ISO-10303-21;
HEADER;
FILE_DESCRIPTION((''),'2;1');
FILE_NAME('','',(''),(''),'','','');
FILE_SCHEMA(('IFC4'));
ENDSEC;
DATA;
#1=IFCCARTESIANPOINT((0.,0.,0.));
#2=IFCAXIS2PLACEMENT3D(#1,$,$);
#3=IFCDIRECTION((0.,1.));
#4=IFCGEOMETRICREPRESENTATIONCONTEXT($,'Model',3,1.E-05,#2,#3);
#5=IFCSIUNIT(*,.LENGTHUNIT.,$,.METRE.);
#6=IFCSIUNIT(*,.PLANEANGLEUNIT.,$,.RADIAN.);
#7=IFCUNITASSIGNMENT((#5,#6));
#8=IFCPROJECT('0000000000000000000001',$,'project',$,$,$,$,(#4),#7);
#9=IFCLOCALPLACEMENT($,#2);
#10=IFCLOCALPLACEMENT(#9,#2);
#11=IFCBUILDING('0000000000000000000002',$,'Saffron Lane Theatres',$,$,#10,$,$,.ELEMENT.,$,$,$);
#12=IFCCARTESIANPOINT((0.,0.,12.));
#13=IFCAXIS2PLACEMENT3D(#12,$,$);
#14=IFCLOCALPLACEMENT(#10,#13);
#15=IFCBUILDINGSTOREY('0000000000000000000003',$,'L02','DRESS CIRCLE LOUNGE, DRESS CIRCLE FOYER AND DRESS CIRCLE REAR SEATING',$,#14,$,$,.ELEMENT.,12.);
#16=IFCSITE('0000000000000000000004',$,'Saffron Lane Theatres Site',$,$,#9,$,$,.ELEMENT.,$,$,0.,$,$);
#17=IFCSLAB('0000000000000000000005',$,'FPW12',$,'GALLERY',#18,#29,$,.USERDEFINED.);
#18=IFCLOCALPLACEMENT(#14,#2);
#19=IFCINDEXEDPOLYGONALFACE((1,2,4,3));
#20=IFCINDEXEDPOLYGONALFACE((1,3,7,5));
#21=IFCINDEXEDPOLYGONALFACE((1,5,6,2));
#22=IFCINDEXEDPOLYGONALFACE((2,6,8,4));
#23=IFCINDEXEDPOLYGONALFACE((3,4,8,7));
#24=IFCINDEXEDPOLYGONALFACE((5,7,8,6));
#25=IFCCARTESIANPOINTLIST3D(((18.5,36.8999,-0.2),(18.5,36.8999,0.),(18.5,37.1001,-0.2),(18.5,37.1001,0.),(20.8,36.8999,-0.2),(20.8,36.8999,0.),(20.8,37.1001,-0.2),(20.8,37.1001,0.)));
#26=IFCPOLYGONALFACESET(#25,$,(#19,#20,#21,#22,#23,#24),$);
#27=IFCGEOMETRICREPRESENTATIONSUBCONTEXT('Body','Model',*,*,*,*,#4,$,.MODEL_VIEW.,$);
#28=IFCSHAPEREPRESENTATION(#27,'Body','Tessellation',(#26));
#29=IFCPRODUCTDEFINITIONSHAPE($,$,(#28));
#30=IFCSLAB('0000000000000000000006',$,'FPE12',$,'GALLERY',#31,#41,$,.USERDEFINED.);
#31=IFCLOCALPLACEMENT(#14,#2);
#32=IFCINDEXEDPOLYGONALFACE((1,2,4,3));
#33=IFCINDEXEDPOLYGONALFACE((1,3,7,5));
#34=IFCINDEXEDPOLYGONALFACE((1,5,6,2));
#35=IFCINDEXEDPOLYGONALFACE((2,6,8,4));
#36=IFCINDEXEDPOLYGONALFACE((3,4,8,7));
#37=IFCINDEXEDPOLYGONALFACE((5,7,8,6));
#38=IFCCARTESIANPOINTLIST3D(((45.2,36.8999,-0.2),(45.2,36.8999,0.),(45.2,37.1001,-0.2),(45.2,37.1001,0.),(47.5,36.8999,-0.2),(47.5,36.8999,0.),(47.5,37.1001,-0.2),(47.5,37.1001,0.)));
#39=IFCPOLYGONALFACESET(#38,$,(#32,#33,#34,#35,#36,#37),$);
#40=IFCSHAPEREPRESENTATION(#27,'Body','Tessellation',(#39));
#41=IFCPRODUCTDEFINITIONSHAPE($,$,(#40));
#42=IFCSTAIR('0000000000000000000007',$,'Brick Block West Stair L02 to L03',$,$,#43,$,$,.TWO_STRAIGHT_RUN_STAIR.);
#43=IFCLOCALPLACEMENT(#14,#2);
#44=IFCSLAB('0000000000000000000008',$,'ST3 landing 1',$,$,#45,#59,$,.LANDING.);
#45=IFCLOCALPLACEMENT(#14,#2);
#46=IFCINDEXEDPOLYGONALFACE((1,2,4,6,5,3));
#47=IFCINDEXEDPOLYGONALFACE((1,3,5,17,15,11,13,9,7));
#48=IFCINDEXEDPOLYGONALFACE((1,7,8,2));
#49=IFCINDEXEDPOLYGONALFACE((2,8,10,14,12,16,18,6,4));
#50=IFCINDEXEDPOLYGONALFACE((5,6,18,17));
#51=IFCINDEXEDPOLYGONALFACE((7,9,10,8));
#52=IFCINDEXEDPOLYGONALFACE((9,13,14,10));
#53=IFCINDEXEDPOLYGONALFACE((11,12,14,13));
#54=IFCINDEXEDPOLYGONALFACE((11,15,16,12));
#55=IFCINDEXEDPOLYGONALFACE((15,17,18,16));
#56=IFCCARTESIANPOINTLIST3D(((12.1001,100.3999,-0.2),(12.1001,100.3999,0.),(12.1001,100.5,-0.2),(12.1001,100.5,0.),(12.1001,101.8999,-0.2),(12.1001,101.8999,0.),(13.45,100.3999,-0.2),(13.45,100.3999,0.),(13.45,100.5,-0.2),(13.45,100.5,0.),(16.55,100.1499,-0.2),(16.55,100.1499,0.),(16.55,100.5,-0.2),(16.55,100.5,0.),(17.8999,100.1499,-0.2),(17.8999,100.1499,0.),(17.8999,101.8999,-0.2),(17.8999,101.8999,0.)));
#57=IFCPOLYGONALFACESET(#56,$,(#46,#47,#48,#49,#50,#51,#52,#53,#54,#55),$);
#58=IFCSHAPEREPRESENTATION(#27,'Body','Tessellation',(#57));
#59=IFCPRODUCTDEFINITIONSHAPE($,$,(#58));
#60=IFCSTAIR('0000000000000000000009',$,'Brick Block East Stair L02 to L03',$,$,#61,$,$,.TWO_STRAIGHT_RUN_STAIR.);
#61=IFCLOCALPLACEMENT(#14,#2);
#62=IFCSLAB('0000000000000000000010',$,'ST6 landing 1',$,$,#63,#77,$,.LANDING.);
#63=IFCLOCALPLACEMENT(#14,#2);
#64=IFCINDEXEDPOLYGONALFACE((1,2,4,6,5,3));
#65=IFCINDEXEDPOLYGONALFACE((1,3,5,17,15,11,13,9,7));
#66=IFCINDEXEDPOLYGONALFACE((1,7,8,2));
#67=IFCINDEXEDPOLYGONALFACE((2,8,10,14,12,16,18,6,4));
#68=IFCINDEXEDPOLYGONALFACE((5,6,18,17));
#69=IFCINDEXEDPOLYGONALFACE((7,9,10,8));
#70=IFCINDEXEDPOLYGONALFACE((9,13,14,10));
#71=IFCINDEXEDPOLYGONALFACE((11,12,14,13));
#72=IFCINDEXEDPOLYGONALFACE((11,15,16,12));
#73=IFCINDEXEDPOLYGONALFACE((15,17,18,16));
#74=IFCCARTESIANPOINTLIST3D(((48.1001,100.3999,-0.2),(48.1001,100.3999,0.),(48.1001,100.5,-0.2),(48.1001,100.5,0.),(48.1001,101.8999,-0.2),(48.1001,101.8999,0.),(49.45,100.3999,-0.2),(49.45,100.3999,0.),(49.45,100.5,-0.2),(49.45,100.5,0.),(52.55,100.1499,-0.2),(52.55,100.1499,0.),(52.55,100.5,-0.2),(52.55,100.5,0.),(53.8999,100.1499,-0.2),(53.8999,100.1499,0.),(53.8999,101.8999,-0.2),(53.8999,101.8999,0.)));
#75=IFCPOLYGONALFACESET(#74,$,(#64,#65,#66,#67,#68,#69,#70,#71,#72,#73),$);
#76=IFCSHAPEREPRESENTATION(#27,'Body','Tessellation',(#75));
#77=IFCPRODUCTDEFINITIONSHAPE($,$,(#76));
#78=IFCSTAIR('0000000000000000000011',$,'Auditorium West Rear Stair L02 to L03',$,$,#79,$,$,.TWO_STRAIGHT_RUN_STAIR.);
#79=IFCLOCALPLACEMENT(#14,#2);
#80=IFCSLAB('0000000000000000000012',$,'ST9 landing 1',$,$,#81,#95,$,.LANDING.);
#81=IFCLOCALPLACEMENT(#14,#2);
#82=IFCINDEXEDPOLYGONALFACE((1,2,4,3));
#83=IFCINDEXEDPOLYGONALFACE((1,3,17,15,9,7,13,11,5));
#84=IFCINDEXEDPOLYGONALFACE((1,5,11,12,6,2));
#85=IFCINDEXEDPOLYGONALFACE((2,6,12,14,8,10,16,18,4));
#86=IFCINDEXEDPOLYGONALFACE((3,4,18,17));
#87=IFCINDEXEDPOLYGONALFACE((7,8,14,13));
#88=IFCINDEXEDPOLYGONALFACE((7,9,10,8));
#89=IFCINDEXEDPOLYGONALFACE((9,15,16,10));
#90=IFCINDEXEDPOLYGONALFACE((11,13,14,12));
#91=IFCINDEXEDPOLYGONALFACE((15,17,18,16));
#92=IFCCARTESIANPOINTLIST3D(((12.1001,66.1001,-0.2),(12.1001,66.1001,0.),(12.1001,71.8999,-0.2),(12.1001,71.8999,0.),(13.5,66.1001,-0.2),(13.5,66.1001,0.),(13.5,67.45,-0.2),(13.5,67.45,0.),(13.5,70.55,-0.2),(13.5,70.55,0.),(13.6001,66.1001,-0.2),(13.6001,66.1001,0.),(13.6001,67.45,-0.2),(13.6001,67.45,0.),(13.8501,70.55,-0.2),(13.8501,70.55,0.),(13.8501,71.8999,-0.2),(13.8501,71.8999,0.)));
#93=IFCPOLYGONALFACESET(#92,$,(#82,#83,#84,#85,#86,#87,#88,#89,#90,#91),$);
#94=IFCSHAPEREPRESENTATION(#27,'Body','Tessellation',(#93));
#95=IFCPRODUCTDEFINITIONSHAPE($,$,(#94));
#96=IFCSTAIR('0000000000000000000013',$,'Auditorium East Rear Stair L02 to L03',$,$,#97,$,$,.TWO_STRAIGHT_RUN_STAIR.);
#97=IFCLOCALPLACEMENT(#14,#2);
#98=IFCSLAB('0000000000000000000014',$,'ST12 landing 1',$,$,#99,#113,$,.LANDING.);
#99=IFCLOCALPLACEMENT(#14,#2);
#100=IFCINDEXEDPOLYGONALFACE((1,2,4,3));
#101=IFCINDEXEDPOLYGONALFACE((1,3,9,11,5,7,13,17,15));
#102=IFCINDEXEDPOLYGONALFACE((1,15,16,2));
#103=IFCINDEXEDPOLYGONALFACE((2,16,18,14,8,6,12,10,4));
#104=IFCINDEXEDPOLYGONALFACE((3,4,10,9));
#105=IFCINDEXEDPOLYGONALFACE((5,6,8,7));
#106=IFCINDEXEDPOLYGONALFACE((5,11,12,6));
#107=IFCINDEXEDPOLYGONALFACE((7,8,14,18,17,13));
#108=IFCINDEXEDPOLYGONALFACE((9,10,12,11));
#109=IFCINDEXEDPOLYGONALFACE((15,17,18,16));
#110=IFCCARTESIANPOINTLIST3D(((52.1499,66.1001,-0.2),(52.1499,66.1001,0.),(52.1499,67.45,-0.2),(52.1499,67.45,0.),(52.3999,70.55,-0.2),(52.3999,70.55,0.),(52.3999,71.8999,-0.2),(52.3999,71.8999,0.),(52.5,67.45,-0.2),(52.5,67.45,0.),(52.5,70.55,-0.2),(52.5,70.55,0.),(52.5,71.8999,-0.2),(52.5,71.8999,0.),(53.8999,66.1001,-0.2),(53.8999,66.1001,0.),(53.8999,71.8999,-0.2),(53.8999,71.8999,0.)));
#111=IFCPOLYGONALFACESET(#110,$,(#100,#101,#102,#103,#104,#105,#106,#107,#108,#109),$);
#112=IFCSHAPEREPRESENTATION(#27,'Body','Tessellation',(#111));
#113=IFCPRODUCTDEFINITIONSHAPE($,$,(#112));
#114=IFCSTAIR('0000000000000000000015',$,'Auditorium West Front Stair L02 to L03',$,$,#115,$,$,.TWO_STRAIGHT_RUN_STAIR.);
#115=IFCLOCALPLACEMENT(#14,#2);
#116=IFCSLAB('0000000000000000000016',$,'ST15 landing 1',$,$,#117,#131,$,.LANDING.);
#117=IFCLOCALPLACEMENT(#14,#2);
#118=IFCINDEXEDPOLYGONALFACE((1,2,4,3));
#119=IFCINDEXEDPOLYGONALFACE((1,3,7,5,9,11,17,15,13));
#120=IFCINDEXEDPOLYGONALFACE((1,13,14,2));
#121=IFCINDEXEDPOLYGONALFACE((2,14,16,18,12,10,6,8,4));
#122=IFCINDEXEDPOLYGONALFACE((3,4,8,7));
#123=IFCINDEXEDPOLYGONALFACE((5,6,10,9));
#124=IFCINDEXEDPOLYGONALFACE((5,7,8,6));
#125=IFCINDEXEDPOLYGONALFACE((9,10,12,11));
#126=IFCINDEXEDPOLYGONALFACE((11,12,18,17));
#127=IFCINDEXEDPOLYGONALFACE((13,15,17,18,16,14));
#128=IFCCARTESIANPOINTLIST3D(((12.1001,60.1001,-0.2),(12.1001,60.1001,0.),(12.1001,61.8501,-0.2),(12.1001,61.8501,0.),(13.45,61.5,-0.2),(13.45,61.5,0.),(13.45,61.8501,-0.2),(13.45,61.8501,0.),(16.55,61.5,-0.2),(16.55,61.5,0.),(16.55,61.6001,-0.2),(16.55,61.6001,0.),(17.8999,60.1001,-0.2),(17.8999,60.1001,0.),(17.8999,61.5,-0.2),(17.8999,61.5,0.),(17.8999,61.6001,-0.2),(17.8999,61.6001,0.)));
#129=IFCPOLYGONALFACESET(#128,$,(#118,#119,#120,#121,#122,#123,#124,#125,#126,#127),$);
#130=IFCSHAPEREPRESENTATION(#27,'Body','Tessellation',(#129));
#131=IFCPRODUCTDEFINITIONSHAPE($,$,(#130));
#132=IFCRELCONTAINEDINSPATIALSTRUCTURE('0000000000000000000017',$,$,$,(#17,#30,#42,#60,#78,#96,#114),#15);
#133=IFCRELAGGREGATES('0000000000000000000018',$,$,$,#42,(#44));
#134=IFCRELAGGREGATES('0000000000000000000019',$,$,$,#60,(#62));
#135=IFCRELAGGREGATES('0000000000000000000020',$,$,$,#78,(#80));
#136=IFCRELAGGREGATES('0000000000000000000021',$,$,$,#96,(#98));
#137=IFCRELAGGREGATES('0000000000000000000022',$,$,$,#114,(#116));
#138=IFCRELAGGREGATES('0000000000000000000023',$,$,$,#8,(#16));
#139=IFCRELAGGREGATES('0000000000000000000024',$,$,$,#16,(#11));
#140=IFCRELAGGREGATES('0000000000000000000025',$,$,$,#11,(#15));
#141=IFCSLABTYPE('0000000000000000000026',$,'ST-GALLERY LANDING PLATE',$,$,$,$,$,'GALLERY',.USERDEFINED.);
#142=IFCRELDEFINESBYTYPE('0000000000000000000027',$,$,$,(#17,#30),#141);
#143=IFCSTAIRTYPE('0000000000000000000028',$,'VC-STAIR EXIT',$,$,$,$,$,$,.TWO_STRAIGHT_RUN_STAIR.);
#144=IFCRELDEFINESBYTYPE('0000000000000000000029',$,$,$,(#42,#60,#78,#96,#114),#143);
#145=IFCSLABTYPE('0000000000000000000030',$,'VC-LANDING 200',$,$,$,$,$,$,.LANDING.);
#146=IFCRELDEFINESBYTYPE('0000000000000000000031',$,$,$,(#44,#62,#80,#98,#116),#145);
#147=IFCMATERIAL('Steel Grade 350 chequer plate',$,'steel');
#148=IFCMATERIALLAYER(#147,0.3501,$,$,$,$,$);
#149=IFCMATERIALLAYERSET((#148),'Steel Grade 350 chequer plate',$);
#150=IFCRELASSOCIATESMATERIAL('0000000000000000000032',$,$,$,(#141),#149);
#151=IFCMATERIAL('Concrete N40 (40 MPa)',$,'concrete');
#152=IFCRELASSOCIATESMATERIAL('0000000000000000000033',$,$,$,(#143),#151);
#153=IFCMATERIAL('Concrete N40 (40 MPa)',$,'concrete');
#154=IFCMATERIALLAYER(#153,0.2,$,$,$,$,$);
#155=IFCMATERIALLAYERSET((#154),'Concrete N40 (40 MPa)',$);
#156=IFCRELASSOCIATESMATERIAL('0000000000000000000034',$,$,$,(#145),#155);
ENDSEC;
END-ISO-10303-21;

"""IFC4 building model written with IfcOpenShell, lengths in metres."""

from ifc_helpers import new_model, si_unit, direction, frame, origin, place, context, subcontext, project, spatial, polyline, outline, extrude, material, layer, layer_set, type_object, element, aggregate, save


model = new_model("IFC4")

# Units and contexts
model_context = context("Model", 3, precision=1e-05, world=origin(), true_north=direction((0.0, 1.0)))
body_context = subcontext(model_context, "Body", "Model", "MODEL_VIEW")
ifc_project = project(units=[si_unit("LENGTHUNIT", "METRE"), si_unit("PLANEANGLEUNIT", "RADIAN")], contexts=[model_context])

# Site, building, storey
site_placement = place(None, origin())
site = spatial("IfcSite", under=ifc_project, at=site_placement, Name="Saffron Lane Theatres Site", CompositionType="ELEMENT", RefElevation=0.0)
building_placement = place(site_placement, origin())
building = spatial("IfcBuilding", under=site, at=building_placement, Name="Saffron Lane Theatres", CompositionType="ELEMENT")
storey_placement = place(building_placement, frame((0.0, 0.0, 12.0)))
storey = spatial("IfcBuildingStorey", under=building, at=storey_placement, Name="L02", Description="DRESS CIRCLE LOUNGE, DRESS CIRCLE FOYER AND DRESS CIRCLE REAR SEATING", CompositionType="ELEMENT", Elevation=12.0)

# Slabs
ifc_material_1 = material(Name="Steel Grade 350 chequer plate", Category="steel")
ifc_layer_1 = layer(ifc_material_1, 0.3501)
ifc_layer_set_1 = layer_set([ifc_layer_1], Name="Steel Grade 350 chequer plate")
slab_type_1 = type_object("IfcSlabType", Name="ST-GALLERY LANDING PLATE", ElementType="GALLERY", PredefinedType="USERDEFINED", material=ifc_layer_set_1)
slab_1_placement = place(storey_placement, frame((0.0, 0.0, -0.2)))
element("IfcSlab", 1, at=slab_1_placement, inside=storey, type_object=slab_type_1, Name="FPW12", ObjectType="GALLERY", PredefinedType="USERDEFINED", context=body_context, shape_type="SweptSolid", body=[
    extrude(outline(polyline([(18.5, 36.8999), (20.8, 36.8999), (20.8, 37.1001), (18.5, 37.1001), (18.5, 36.8999)])), origin(), (0.0, 0.0, 1.0), 0.2),
])
slab_2_placement = place(storey_placement, frame((0.0, 0.0, -0.2)))
element("IfcSlab", 2, at=slab_2_placement, inside=storey, type_object=slab_type_1, Name="FPE12", ObjectType="GALLERY", PredefinedType="USERDEFINED", context=body_context, shape_type="SweptSolid", body=[
    extrude(outline(polyline([(45.2, 36.8999), (47.5, 36.8999), (47.5, 37.1001), (45.2, 37.1001), (45.2, 36.8999)])), origin(), (0.0, 0.0, 1.0), 0.2),
])

# Stairs, slabs
ifc_material_2 = material(Name="Concrete N40 (40 MPa)", Category="concrete")
stair_type = type_object("IfcStairType", Name="VC-STAIR EXIT", PredefinedType="TWO_STRAIGHT_RUN_STAIR", material=ifc_material_2)
stair_1_placement = place(storey_placement, origin())
stair_1 = element("IfcStair", 3, at=stair_1_placement, inside=storey, type_object=stair_type, Name="Brick Block West Stair L02 to L03", PredefinedType="TWO_STRAIGHT_RUN_STAIR")
ifc_material_3 = material(Name="Concrete N40 (40 MPa)", Category="concrete")
ifc_layer_2 = layer(ifc_material_3, 0.2)
ifc_layer_set_2 = layer_set([ifc_layer_2], Name="Concrete N40 (40 MPa)")
slab_type_2 = type_object("IfcSlabType", Name="VC-LANDING 200", PredefinedType="LANDING", material=ifc_layer_set_2)
slab_3_placement = place(storey_placement, frame((0.0, 0.0, -0.2)))
slab_3 = element("IfcSlab", 4, at=slab_3_placement, type_object=slab_type_2, Name="ST3 landing 1", PredefinedType="LANDING", context=body_context, shape_type="SweptSolid", body=[
    extrude(outline(polyline([(12.1001, 100.5), (12.1001, 101.8999), (17.8999, 101.8999), (17.8999, 100.1499), (16.55, 100.1499), (16.55, 100.5), (13.45, 100.5), (13.45, 100.3999), (12.1001, 100.3999), (12.1001, 100.5), (12.1001, 100.5)])), origin(), (0.0, 0.0, 1.0), 0.2),
])
aggregate(stair_1, [slab_3])
stair_2_placement = place(storey_placement, origin())
stair_2 = element("IfcStair", 5, at=stair_2_placement, inside=storey, type_object=stair_type, Name="Brick Block East Stair L02 to L03", PredefinedType="TWO_STRAIGHT_RUN_STAIR")
slab_4_placement = place(storey_placement, frame((0.0, 0.0, -0.2)))
slab_4 = element("IfcSlab", 6, at=slab_4_placement, type_object=slab_type_2, Name="ST6 landing 1", PredefinedType="LANDING", context=body_context, shape_type="SweptSolid", body=[
    extrude(outline(polyline([(48.1001, 101.8999), (53.8999, 101.8999), (53.8999, 100.1499), (52.55, 100.1499), (52.55, 100.5), (49.45, 100.5), (49.45, 100.3999), (48.1001, 100.3999), (48.1001, 100.5), (48.1001, 100.5), (48.1001, 101.8999)])), origin(), (0.0, 0.0, 1.0), 0.2),
])
aggregate(stair_2, [slab_4])
stair_3_placement = place(storey_placement, origin())
stair_3 = element("IfcStair", 7, at=stair_3_placement, inside=storey, type_object=stair_type, Name="Auditorium West Rear Stair L02 to L03", PredefinedType="TWO_STRAIGHT_RUN_STAIR")
slab_5_placement = place(storey_placement, frame((0.0, 0.0, -0.2)))
slab_5 = element("IfcSlab", 8, at=slab_5_placement, type_object=slab_type_2, Name="ST9 landing 1", PredefinedType="LANDING", context=body_context, shape_type="SweptSolid", body=[
    extrude(outline(polyline([(12.1001, 66.1001), (12.1001, 71.8999), (13.8501, 71.8999), (13.8501, 70.55), (13.5, 70.55), (13.5, 67.45), (13.6001, 67.45), (13.6001, 66.1001), (13.5, 66.1001), (13.5, 66.1001), (12.1001, 66.1001)])), origin(), (0.0, 0.0, 1.0), 0.2),
])
aggregate(stair_3, [slab_5])
stair_4_placement = place(storey_placement, origin())
stair_4 = element("IfcStair", 9, at=stair_4_placement, inside=storey, type_object=stair_type, Name="Auditorium East Rear Stair L02 to L03", PredefinedType="TWO_STRAIGHT_RUN_STAIR")
slab_6_placement = place(storey_placement, frame((0.0, 0.0, -0.2)))
slab_6 = element("IfcSlab", 10, at=slab_6_placement, type_object=slab_type_2, Name="ST12 landing 1", PredefinedType="LANDING", context=body_context, shape_type="SweptSolid", body=[
    extrude(outline(polyline([(53.8999, 71.8999), (53.8999, 66.1001), (52.1499, 66.1001), (52.1499, 67.45), (52.5, 67.45), (52.5, 70.55), (52.3999, 70.55), (52.3999, 71.8999), (52.5, 71.8999), (52.5, 71.8999), (53.8999, 71.8999)])), origin(), (0.0, 0.0, 1.0), 0.2),
])
aggregate(stair_4, [slab_6])
stair_5_placement = place(storey_placement, origin())
stair_5 = element("IfcStair", 11, at=stair_5_placement, inside=storey, type_object=stair_type, Name="Auditorium West Front Stair L02 to L03", PredefinedType="TWO_STRAIGHT_RUN_STAIR")
slab_7_placement = place(storey_placement, frame((0.0, 0.0, -0.2)))
slab_7 = element("IfcSlab", 12, at=slab_7_placement, type_object=slab_type_2, Name="ST15 landing 1", PredefinedType="LANDING", context=body_context, shape_type="SweptSolid", body=[
    extrude(outline(polyline([(17.8999, 61.5), (17.8999, 60.1001), (12.1001, 60.1001), (12.1001, 61.8501), (13.45, 61.8501), (13.45, 61.5), (16.55, 61.5), (16.55, 61.6001), (17.8999, 61.6001), (17.8999, 61.5), (17.8999, 61.5)])), origin(), (0.0, 0.0, 1.0), 0.2),
])
aggregate(stair_5, [slab_7])

save(model, "model.ifc")
